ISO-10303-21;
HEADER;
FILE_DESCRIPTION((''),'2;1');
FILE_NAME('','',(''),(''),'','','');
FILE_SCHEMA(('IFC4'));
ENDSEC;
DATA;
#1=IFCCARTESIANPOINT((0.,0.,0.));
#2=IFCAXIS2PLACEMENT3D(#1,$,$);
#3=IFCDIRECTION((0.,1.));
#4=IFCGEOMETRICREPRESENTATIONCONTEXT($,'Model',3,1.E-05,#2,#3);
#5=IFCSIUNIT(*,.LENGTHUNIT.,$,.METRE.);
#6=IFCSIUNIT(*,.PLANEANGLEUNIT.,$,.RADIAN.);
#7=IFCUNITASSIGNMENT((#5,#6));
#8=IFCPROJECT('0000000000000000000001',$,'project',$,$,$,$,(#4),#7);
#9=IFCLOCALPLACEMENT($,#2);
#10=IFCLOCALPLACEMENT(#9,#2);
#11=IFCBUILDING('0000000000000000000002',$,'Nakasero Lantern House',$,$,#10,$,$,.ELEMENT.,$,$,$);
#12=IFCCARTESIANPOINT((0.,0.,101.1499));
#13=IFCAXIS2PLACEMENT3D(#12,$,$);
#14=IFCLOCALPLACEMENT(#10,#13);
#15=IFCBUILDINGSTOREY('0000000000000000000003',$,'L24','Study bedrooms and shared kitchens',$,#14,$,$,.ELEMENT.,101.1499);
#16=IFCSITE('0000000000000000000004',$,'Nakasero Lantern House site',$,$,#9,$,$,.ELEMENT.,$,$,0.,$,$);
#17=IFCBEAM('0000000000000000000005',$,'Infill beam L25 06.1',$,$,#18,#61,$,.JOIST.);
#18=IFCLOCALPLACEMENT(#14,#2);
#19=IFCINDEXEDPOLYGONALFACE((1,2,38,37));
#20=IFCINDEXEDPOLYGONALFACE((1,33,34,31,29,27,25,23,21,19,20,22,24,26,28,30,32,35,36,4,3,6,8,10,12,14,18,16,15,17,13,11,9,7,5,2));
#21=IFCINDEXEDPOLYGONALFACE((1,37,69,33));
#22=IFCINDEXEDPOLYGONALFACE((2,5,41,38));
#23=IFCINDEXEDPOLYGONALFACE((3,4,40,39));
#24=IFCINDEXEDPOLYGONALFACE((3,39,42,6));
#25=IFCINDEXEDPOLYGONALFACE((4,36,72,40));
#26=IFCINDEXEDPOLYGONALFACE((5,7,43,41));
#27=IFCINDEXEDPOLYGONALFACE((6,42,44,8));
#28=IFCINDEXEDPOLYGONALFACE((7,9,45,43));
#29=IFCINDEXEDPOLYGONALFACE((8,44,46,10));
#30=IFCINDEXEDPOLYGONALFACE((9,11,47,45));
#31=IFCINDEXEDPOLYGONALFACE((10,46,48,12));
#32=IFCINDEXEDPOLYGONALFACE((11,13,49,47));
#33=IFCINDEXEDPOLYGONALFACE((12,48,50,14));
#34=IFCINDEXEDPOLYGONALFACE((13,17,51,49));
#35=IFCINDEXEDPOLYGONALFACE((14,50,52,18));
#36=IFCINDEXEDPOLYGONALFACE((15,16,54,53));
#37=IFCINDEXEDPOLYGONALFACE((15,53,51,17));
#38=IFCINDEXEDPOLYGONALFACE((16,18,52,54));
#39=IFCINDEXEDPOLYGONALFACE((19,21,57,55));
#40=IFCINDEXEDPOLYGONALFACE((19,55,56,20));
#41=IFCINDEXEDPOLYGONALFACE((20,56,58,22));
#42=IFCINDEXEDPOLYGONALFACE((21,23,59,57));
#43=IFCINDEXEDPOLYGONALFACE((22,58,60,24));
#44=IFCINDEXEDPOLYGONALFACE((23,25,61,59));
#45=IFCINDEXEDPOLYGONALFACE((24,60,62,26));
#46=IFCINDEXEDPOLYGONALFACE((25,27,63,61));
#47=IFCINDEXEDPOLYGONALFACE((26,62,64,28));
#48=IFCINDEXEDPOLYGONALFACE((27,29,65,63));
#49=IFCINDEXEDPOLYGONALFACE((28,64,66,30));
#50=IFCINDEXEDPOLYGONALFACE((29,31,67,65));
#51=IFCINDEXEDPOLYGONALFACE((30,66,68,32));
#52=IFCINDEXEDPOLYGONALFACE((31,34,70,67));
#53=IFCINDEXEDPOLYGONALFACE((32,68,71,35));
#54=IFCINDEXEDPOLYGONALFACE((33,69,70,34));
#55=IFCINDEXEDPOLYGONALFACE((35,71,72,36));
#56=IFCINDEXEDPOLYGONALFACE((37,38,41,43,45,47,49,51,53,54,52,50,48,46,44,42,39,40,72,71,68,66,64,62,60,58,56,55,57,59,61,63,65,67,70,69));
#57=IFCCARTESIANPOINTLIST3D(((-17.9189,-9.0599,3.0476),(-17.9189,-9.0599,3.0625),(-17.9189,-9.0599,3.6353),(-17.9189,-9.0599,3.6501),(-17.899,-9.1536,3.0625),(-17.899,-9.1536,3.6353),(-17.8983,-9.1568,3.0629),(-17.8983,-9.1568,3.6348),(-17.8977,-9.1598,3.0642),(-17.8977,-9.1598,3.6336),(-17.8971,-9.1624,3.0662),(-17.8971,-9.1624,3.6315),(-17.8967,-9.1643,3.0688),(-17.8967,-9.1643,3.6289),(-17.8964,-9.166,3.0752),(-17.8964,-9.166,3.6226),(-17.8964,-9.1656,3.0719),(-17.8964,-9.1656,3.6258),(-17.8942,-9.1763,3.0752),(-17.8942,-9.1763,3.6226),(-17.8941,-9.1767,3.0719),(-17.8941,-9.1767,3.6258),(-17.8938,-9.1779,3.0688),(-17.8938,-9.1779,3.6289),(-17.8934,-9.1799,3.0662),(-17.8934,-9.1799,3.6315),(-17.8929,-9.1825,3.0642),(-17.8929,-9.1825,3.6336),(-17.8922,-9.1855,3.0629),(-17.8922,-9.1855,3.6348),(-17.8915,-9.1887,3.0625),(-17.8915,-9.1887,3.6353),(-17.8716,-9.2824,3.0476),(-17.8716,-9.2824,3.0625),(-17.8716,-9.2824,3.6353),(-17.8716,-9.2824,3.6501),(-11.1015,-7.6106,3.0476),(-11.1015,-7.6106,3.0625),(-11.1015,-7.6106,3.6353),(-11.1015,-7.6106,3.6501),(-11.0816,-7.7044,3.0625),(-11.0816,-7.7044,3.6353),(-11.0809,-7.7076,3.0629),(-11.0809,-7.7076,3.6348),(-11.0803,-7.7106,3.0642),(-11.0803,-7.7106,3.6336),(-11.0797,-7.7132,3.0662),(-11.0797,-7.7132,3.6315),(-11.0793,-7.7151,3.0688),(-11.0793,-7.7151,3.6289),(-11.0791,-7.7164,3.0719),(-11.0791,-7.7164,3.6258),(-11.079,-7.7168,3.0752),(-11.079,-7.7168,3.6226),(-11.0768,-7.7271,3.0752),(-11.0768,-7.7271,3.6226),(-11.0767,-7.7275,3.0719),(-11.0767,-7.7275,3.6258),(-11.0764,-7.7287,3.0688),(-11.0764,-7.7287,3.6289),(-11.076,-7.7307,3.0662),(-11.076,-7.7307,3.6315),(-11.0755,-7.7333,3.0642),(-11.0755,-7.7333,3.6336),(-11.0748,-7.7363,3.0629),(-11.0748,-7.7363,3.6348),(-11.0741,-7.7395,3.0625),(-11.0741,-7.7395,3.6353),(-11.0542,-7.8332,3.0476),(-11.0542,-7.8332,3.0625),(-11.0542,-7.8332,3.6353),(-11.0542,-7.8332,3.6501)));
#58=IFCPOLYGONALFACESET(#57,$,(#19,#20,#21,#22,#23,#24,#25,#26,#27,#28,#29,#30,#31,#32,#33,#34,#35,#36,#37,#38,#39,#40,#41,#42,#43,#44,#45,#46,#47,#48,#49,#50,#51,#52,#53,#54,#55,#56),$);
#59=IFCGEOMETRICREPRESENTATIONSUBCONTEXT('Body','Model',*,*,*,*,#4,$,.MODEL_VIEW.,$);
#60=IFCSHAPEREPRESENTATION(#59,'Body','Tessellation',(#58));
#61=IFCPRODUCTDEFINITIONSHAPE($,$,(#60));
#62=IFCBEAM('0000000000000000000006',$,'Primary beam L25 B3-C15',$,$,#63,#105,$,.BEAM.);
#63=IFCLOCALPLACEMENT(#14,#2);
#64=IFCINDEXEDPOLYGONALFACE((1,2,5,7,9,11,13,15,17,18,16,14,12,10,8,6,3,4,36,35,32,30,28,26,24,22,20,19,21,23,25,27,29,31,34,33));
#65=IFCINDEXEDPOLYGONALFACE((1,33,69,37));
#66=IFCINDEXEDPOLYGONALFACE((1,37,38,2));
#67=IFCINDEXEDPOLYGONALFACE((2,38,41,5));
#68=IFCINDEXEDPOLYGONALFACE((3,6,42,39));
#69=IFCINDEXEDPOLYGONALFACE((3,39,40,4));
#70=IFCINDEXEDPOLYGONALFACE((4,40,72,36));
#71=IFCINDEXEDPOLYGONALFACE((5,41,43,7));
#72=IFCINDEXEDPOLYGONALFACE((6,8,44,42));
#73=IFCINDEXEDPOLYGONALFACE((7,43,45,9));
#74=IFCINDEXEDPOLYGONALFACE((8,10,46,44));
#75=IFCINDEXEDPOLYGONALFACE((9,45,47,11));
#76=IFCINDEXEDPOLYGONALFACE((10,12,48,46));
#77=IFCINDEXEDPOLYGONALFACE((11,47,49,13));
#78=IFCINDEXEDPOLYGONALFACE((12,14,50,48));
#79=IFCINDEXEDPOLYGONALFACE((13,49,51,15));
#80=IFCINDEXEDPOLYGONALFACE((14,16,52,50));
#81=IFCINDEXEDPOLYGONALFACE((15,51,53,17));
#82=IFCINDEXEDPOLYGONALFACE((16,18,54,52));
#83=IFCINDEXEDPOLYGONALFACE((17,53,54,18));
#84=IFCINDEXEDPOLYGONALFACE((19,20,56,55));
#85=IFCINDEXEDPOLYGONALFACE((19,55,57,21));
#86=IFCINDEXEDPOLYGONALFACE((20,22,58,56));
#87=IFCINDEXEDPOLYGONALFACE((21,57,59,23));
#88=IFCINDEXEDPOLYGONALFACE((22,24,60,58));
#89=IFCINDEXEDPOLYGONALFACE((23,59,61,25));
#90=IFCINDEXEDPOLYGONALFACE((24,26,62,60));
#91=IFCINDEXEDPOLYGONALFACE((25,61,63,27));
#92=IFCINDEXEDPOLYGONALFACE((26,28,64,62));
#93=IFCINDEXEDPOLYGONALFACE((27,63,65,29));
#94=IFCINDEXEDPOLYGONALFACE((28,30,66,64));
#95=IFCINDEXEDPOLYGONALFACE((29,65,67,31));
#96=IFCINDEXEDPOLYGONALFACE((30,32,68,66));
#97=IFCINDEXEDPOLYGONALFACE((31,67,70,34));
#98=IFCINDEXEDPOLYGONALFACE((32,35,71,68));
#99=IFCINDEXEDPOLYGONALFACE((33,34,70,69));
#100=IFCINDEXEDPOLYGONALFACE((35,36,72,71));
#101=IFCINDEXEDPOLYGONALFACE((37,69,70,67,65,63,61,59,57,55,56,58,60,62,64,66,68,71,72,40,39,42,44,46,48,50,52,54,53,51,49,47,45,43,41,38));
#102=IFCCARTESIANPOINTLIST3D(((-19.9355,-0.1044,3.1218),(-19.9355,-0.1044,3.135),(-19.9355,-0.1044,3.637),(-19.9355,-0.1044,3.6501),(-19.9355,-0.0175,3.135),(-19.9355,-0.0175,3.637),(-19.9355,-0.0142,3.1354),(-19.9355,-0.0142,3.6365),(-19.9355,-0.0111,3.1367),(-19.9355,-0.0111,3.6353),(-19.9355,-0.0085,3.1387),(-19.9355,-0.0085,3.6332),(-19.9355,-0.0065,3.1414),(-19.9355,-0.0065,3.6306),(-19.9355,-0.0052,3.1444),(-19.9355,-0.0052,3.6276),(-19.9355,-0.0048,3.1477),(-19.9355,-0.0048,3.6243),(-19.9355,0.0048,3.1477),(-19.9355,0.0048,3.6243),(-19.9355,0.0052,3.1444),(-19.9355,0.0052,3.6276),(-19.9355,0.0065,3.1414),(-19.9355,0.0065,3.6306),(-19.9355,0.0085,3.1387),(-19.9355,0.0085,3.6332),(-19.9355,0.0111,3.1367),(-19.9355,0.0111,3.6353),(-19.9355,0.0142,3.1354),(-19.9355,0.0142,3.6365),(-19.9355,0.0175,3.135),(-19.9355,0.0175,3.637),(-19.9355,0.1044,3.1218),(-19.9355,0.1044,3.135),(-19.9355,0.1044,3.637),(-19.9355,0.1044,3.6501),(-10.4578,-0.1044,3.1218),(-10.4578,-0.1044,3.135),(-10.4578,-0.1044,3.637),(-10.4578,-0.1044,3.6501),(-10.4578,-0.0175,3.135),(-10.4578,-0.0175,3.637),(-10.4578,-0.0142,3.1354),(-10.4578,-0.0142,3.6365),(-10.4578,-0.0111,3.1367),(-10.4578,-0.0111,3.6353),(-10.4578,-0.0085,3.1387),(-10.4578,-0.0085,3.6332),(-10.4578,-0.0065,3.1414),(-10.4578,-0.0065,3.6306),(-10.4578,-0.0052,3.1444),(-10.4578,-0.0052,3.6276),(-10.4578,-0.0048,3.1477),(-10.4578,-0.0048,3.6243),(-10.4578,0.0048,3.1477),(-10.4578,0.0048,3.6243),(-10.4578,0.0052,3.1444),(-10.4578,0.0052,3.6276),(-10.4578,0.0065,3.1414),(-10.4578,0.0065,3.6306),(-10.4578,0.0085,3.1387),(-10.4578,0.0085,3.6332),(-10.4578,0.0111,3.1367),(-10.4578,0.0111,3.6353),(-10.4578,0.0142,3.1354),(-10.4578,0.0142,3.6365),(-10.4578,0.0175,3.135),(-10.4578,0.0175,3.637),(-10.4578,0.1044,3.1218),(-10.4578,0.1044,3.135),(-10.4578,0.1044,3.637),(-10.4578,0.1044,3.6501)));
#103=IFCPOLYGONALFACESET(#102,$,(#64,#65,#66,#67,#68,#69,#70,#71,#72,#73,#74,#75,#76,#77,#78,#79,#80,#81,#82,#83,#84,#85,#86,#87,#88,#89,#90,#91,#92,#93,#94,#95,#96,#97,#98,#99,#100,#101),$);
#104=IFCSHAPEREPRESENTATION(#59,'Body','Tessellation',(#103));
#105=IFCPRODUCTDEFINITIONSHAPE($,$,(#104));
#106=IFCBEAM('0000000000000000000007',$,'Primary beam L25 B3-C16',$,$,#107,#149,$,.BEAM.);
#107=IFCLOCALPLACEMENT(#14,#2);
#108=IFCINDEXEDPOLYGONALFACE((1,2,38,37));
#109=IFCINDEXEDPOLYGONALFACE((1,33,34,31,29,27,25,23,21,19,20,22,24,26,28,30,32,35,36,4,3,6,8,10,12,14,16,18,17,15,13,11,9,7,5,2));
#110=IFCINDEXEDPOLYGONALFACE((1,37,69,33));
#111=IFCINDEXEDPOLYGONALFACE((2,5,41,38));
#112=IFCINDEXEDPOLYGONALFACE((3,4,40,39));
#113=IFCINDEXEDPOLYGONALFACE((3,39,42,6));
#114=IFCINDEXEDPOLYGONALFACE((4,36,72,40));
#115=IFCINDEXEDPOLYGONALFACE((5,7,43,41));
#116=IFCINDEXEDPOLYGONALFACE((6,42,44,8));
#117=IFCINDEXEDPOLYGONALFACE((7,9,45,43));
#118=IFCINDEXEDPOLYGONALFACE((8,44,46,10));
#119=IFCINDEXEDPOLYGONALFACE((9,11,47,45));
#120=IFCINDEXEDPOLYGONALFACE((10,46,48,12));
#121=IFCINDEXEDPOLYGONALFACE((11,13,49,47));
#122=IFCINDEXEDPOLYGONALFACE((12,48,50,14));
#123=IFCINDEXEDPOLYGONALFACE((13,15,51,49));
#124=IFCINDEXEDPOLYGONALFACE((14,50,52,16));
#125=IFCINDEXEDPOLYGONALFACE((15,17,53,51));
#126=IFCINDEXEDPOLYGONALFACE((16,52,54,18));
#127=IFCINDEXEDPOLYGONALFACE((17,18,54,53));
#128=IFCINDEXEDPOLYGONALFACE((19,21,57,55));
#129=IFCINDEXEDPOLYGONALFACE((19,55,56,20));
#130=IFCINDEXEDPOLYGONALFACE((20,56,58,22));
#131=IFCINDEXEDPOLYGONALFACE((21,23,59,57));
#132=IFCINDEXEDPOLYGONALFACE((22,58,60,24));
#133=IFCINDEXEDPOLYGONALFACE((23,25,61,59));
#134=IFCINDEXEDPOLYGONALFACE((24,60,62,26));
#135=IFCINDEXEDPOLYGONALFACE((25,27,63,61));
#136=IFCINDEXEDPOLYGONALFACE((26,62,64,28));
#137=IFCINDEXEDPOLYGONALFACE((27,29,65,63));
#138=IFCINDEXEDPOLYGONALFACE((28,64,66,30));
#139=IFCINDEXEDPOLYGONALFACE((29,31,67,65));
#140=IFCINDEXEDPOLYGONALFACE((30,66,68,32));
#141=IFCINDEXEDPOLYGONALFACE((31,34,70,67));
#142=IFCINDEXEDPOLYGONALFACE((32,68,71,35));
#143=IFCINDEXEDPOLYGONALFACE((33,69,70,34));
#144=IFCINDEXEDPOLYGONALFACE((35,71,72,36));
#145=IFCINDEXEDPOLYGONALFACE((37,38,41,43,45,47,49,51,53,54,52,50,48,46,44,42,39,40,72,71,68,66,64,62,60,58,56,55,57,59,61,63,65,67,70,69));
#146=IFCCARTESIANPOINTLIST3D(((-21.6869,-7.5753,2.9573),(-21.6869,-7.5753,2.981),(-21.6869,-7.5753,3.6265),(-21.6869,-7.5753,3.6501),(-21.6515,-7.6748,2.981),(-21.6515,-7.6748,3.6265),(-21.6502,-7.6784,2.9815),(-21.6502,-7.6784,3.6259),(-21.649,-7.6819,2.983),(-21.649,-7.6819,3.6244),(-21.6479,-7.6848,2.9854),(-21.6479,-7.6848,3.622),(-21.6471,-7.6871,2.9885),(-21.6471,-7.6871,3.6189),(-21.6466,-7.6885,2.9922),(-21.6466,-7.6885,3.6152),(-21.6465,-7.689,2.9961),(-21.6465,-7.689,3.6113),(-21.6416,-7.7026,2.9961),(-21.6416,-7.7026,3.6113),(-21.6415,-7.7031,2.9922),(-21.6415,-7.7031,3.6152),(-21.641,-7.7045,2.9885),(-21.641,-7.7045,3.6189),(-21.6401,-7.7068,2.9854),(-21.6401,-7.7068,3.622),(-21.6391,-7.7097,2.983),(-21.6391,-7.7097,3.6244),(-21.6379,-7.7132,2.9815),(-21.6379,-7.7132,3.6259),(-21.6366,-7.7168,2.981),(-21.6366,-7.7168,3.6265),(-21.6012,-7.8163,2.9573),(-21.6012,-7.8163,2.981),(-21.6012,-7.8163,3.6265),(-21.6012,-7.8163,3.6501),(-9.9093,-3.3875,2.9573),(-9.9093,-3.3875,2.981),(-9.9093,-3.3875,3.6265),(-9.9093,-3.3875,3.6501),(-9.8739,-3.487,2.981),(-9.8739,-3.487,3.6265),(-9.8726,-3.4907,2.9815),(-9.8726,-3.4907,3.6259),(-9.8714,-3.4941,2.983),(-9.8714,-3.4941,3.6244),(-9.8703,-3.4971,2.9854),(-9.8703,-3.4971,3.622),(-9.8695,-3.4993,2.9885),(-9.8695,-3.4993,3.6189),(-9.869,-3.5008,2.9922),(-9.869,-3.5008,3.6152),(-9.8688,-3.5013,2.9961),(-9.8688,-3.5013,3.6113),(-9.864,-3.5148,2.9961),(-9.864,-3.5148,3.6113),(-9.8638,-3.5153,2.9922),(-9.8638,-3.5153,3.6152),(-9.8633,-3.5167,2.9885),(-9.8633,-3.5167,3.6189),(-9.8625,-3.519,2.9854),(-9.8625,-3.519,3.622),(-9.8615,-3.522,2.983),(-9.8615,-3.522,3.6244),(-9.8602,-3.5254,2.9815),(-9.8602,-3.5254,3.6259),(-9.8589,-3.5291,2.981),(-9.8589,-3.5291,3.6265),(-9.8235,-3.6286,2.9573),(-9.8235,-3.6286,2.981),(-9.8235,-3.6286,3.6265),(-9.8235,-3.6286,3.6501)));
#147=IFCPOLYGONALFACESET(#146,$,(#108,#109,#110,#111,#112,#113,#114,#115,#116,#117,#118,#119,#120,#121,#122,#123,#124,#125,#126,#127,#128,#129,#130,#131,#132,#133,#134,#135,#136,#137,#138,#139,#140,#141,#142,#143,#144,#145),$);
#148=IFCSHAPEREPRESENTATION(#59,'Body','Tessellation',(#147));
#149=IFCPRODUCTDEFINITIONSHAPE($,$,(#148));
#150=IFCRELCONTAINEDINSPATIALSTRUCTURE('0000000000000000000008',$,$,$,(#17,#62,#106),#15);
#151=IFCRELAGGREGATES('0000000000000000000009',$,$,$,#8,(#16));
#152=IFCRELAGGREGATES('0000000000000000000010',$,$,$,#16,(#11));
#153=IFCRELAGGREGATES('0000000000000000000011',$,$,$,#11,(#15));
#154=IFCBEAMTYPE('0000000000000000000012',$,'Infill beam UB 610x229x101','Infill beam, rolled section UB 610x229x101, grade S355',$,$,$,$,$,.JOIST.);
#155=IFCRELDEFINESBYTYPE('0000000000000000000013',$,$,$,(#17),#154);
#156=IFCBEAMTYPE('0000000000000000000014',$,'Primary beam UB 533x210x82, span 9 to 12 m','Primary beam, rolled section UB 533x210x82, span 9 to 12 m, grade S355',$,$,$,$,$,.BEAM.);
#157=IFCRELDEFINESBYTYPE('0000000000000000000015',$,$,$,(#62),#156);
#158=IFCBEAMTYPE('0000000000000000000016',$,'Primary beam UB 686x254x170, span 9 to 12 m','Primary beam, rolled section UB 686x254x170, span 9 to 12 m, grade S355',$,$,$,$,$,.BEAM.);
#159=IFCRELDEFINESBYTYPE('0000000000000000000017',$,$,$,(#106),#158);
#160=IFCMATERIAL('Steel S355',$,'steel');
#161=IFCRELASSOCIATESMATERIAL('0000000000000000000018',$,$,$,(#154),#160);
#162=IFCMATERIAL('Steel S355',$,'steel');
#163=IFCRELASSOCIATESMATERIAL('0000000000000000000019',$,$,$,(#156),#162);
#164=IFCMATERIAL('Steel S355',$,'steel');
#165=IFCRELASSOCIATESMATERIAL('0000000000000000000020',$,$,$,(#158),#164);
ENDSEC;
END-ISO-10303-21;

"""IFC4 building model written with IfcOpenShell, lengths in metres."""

from ifc_helpers import new_model, si_unit, direction, frame, origin, origin_2d, place, context, subcontext, project, spatial, i_section, extrude, material, material_profile, profile_set, type_object, element, save


model = new_model("IFC4")

# Units and contexts
model_context = context("Model", 3, precision=1e-05, world=origin(), true_north=direction((0.0, 1.0)))
body_context = subcontext(model_context, "Body", "Model", "MODEL_VIEW")
ifc_project = project(units=[si_unit("LENGTHUNIT", "METRE"), si_unit("PLANEANGLEUNIT", "RADIAN")], contexts=[model_context])

# Site, building, storey
site_placement = place(None, origin())
site = spatial("IfcSite", under=ifc_project, at=site_placement, Name="Nakasero Lantern House site", CompositionType="ELEMENT", RefElevation=0.0)
building_placement = place(site_placement, origin())
building = spatial("IfcBuilding", under=site, at=building_placement, Name="Nakasero Lantern House", CompositionType="ELEMENT")
storey_placement = place(building_placement, frame((0.0, 0.0, 101.1499)))
storey = spatial("IfcBuildingStorey", under=building, at=storey_placement, Name="L24", Description="Study bedrooms and shared kitchens", CompositionType="ELEMENT", Elevation=101.1499)

# Beams
ifc_material_1 = material(Name="Steel S355", Category="steel")
ifc_material_profile_1 = material_profile(ifc_material_1, i_section(OverallWidth=0.2275, OverallDepth=0.6025, WebThickness=0.0105, FlangeThickness=0.0149, FilletRadius=0.0127, at=origin_2d()), Name="UB 610x229x101")
ifc_profile_set_1 = profile_set([ifc_material_profile_1], Name="Steel S355")
beam_type_1 = type_object("IfcBeamType", Name="Infill beam UB 610x229x101", Description="Infill beam, rolled section UB 610x229x101, grade S355", PredefinedType="JOIST", material=ifc_profile_set_1)
beam_1_placement = place(storey_placement, frame((-17.8953, -9.1711, 3.3489), z_axis=(0.978144, 0.207931, 0.0), x_axis=(-0.207931, 0.978144, 0.0)))
element("IfcBeam", 1, at=beam_1_placement, inside=storey, type_object=beam_type_1, Name="Infill beam L25 06.1", PredefinedType="JOIST", context=body_context, shape_type="SweptSolid", body=[
    extrude(i_section(OverallWidth=0.2275, OverallDepth=0.6025, WebThickness=0.0105, FlangeThickness=0.0149, FilletRadius=0.0127, at=origin_2d()), origin(), (0.0, 0.0, 1.0), 6.9697),
])
ifc_material_2 = material(Name="Steel S355", Category="steel")
ifc_material_profile_2 = material_profile(ifc_material_2, i_section(OverallWidth=0.2087, OverallDepth=0.5283, WebThickness=0.0095, FlangeThickness=0.0132, FilletRadius=0.0127, at=origin_2d()), Name="UB 533x210x82")
ifc_profile_set_2 = profile_set([ifc_material_profile_2], Name="Steel S355")
beam_type_2 = type_object("IfcBeamType", Name="Primary beam UB 533x210x82, span 9 to 12 m", Description="Primary beam, rolled section UB 533x210x82, span 9 to 12 m, grade S355", PredefinedType="BEAM", material=ifc_profile_set_2)
beam_2_placement = place(storey_placement, frame((-19.9355, 0.0, 3.386), z_axis=(1.0, 0.0, 0.0), x_axis=(0.0, 1.0, 0.0)))
element("IfcBeam", 2, at=beam_2_placement, inside=storey, type_object=beam_type_2, Name="Primary beam L25 B3-C15", PredefinedType="BEAM", context=body_context, shape_type="SweptSolid", body=[
    extrude(i_section(OverallWidth=0.2087, OverallDepth=0.5283, WebThickness=0.0095, FlangeThickness=0.0132, FilletRadius=0.0127, at=origin_2d()), origin(), (0.0, 0.0, 1.0), 9.4778),
])
ifc_material_3 = material(Name="Steel S355", Category="steel")
ifc_material_profile_3 = material_profile(ifc_material_3, i_section(OverallWidth=0.2559, OverallDepth=0.6929, WebThickness=0.0144, FlangeThickness=0.0237, FilletRadius=0.0151, at=origin_2d()), Name="UB 686x254x170")
ifc_profile_set_3 = profile_set([ifc_material_profile_3], Name="Steel S355")
beam_type_3 = type_object("IfcBeamType", Name="Primary beam UB 686x254x170, span 9 to 12 m", Description="Primary beam, rolled section UB 686x254x170, span 9 to 12 m, grade S355", PredefinedType="BEAM", material=ifc_profile_set_3)
beam_3_placement = place(storey_placement, frame((-21.644, -7.6958, 3.3037), z_axis=(0.942211, 0.335021, 0.0), x_axis=(-0.335021, 0.942211, 0.0)))
element("IfcBeam", 3, at=beam_3_placement, inside=storey, type_object=beam_type_3, Name="Primary beam L25 B3-C16", PredefinedType="BEAM", context=body_context, shape_type="SweptSolid", body=[
    extrude(i_section(OverallWidth=0.2559, OverallDepth=0.6929, WebThickness=0.0144, FlangeThickness=0.0237, FilletRadius=0.0151, at=origin_2d()), origin(), (0.0, 0.0, 1.0), 12.5),
])

save(model, "model.ifc")
